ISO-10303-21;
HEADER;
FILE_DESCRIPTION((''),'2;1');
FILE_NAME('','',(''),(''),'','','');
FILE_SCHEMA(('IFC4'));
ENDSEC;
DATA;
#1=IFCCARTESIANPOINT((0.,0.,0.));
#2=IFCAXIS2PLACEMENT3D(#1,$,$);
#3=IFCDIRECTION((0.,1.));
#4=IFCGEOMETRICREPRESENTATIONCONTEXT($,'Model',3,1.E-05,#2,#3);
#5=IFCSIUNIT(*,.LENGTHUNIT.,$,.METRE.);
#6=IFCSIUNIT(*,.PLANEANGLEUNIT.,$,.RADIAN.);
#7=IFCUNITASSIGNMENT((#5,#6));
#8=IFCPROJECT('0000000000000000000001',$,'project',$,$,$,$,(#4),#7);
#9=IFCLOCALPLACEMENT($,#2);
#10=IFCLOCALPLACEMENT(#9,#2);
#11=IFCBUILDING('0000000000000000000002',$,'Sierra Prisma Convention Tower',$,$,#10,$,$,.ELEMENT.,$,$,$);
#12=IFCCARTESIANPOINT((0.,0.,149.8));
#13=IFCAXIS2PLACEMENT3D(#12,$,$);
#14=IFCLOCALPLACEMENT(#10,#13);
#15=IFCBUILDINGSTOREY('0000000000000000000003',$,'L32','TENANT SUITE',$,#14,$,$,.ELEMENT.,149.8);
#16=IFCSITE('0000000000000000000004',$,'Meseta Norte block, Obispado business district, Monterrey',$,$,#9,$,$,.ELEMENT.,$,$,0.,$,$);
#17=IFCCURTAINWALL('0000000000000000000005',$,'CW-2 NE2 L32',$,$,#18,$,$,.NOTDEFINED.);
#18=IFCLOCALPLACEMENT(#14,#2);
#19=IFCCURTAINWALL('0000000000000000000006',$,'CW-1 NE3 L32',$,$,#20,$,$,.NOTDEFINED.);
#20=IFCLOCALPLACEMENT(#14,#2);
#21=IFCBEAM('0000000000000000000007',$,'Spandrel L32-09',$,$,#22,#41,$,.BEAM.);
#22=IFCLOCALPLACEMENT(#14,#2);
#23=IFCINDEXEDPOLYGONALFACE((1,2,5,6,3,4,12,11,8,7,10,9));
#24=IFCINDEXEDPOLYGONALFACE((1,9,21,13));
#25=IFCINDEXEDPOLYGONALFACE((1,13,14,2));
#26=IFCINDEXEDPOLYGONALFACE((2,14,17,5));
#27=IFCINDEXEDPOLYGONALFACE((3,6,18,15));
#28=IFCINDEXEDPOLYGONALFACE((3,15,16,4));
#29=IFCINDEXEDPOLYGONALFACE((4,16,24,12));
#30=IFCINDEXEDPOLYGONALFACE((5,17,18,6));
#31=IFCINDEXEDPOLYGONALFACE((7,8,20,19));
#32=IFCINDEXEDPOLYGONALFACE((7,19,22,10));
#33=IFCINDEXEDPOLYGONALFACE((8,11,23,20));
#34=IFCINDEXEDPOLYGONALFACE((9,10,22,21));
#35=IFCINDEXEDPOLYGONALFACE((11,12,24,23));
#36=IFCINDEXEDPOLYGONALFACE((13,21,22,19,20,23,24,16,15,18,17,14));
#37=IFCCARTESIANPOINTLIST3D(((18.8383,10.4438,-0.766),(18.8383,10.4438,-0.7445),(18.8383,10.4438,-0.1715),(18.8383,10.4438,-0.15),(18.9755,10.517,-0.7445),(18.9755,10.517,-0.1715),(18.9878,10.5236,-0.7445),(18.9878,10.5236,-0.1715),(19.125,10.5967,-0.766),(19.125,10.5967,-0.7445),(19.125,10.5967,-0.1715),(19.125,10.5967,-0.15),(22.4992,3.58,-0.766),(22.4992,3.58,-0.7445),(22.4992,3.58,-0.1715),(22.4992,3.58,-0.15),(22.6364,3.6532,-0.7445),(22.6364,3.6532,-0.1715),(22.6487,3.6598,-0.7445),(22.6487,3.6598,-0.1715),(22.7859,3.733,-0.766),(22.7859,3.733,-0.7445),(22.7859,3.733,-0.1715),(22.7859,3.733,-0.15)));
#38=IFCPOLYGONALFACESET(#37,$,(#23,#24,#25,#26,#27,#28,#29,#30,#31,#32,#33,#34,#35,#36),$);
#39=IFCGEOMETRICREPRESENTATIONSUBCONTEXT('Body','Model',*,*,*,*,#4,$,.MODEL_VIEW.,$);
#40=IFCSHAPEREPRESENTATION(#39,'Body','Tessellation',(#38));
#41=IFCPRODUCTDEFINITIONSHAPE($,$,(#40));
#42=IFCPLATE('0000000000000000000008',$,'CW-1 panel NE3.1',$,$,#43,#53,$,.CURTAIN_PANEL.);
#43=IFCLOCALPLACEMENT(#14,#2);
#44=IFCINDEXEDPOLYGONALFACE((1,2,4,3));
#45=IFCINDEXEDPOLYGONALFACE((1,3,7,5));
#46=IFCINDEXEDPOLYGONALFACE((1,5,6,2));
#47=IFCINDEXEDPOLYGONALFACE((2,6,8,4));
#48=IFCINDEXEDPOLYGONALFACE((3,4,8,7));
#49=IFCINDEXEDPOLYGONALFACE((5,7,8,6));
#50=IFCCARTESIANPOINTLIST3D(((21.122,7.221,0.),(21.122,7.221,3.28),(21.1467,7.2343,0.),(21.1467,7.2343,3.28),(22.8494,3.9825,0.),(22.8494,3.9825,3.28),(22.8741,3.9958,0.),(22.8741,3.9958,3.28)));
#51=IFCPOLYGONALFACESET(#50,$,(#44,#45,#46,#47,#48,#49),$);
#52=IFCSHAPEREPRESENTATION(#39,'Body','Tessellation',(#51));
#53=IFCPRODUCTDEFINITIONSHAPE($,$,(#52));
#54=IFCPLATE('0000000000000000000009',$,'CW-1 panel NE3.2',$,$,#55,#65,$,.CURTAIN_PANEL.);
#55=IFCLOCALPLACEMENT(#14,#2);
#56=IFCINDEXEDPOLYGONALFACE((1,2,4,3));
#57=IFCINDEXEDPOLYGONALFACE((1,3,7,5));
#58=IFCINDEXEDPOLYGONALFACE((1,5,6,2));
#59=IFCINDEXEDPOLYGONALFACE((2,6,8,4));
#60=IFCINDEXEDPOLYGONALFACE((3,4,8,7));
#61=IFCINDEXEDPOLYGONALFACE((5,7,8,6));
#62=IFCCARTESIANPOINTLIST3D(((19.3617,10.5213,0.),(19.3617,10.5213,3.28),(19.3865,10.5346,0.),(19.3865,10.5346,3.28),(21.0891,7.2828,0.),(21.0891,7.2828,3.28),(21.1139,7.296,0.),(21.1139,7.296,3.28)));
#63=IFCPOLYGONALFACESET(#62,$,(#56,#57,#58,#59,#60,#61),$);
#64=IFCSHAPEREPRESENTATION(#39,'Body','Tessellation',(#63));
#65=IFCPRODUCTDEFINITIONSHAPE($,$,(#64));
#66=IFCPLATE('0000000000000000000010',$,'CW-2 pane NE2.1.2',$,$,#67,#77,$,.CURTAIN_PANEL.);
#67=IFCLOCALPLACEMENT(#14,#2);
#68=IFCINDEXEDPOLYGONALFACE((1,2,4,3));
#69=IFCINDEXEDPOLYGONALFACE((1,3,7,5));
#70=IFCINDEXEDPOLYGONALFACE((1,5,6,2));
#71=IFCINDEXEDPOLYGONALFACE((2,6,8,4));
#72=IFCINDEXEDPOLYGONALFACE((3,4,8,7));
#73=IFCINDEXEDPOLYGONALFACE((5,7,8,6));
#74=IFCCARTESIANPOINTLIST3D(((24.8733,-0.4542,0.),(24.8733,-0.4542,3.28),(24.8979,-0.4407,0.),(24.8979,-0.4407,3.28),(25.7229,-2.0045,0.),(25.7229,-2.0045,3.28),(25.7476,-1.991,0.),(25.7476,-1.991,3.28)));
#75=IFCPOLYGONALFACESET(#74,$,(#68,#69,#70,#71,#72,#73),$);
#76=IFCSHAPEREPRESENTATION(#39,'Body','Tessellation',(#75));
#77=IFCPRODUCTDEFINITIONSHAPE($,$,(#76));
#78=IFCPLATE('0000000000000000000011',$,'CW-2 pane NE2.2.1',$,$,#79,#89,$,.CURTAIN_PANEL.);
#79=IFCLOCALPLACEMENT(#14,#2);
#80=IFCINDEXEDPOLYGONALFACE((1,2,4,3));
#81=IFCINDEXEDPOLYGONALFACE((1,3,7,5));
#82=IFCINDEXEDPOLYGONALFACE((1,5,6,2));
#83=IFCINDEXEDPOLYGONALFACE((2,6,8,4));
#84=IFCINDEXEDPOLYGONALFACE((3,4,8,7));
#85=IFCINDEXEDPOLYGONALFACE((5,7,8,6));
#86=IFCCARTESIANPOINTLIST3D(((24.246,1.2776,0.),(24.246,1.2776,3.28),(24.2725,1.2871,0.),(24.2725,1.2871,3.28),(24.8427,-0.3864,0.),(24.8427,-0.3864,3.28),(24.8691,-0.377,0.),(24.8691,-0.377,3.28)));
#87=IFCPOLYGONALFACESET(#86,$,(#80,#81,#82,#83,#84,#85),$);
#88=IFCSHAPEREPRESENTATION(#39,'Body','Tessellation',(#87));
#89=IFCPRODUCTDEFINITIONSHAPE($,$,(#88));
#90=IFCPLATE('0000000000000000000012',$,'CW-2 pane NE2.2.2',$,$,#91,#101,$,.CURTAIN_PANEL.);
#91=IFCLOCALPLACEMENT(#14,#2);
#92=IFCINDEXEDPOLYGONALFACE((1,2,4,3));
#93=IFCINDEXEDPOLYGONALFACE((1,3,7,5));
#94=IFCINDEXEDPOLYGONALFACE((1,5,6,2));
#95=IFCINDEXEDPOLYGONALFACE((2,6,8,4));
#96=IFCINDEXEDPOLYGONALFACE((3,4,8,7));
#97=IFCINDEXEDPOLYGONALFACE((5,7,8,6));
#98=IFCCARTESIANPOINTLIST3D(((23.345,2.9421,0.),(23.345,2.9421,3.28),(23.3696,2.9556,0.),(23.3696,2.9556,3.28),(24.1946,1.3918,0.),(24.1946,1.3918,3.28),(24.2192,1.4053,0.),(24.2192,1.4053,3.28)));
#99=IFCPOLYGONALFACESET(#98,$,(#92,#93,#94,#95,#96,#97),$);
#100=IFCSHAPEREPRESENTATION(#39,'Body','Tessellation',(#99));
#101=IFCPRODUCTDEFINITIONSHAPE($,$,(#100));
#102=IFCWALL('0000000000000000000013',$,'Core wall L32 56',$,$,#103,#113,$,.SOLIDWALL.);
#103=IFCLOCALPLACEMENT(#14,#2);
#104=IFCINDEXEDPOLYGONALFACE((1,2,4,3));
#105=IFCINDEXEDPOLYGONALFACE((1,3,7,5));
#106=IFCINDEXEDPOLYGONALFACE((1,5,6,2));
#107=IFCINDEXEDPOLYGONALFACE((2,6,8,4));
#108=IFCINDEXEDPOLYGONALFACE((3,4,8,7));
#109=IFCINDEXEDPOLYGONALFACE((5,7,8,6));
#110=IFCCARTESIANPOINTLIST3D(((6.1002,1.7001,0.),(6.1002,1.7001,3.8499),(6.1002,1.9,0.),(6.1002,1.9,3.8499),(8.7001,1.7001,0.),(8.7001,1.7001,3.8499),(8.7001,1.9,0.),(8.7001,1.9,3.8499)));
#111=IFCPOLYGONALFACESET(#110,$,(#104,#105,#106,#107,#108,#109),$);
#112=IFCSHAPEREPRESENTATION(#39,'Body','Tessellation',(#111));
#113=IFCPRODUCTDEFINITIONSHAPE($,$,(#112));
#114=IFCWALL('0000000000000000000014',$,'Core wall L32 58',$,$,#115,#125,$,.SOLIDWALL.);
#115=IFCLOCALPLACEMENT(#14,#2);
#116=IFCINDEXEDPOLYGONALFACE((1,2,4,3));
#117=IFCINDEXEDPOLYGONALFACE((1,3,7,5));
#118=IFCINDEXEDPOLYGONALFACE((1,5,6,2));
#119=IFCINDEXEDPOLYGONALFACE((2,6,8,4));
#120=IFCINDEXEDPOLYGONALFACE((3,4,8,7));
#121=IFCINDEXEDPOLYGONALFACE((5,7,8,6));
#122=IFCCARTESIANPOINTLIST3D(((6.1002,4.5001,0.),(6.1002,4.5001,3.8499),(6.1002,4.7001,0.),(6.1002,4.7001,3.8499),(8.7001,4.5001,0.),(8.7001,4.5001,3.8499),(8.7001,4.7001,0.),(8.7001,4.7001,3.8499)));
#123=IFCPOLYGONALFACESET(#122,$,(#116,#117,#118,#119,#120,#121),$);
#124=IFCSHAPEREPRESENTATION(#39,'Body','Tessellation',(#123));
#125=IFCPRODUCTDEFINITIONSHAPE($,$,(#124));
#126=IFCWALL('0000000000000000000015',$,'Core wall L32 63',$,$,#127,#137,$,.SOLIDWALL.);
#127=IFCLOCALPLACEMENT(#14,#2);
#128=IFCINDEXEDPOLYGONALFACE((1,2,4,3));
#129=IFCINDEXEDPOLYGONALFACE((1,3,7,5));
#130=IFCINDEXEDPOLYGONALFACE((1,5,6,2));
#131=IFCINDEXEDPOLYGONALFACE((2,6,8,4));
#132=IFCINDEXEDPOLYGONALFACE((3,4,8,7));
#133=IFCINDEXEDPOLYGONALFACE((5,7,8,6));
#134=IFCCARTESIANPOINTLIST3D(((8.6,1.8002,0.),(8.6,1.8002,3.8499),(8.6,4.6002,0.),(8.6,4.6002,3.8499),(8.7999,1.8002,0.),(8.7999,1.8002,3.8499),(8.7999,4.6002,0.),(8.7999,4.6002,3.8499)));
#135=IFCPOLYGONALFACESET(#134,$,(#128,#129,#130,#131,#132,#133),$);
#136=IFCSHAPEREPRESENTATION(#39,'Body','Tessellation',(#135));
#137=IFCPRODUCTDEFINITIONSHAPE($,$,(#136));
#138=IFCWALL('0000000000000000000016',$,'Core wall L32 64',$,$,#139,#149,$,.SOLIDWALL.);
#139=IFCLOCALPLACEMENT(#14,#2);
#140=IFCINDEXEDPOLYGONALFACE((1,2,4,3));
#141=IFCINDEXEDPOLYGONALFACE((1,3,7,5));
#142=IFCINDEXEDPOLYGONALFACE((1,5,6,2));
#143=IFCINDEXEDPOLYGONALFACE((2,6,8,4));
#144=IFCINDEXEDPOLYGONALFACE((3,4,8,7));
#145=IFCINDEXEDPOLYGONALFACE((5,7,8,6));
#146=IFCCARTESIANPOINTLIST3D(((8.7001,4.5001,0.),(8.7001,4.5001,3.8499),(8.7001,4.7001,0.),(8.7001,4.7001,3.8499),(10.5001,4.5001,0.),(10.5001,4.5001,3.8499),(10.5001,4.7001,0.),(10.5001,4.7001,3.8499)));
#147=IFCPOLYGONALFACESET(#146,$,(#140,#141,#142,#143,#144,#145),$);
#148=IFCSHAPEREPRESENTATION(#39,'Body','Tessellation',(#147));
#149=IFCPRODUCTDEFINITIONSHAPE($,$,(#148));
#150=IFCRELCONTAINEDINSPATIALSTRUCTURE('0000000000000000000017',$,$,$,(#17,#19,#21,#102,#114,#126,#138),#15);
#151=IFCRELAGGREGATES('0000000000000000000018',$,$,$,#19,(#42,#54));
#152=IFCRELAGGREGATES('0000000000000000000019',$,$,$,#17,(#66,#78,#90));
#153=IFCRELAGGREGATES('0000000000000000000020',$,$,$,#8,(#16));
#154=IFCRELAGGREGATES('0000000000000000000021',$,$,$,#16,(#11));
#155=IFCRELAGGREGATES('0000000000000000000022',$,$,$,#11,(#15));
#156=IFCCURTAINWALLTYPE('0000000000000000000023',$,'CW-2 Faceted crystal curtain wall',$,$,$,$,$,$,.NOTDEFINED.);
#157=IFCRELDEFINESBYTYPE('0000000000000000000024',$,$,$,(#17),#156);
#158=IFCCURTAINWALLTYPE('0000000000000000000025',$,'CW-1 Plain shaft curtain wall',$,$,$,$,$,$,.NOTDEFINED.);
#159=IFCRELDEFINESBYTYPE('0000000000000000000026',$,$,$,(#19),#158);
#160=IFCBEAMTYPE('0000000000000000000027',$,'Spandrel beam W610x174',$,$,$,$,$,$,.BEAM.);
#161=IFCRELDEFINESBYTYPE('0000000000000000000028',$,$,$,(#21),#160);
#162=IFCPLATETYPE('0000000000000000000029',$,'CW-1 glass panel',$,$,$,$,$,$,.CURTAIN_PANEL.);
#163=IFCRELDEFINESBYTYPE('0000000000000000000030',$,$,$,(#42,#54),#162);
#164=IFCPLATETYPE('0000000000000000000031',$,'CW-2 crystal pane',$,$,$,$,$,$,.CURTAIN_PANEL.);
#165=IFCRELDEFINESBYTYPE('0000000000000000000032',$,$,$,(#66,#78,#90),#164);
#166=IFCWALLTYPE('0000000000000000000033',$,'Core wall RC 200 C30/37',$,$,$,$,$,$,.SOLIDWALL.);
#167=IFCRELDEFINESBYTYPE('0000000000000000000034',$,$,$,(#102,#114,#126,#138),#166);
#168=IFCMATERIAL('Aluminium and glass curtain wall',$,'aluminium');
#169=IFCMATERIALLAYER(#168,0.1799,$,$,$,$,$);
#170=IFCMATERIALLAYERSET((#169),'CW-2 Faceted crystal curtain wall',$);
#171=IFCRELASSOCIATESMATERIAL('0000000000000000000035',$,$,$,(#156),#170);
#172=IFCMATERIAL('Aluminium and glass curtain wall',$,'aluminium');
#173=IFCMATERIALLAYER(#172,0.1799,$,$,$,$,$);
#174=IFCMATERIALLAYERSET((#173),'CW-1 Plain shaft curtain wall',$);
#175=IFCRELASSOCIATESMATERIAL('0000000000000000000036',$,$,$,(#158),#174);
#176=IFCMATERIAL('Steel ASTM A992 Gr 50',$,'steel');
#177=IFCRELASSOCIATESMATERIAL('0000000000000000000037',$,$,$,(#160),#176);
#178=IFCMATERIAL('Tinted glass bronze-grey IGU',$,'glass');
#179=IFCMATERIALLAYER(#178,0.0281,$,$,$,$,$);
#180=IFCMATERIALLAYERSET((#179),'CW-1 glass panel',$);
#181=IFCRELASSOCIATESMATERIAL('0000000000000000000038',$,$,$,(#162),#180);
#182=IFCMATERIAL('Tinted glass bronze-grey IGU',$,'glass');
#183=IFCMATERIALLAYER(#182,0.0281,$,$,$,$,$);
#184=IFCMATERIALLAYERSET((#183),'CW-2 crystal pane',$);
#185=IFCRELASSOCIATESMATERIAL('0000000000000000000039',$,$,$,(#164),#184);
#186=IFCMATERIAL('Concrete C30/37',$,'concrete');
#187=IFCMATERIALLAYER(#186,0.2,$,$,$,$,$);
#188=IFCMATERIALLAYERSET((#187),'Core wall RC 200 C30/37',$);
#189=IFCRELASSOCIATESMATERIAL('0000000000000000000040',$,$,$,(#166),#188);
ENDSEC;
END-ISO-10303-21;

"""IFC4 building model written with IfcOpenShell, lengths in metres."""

from ifc_helpers import new_model, si_unit, direction, frame, frame_2d, origin, origin_2d, place, context, subcontext, project, spatial, polyline, rectangle, i_section, outline, extrude, material, layer, layer_set, material_profile, profile_set, type_object, element, aggregate, save


model = new_model("IFC4")

# Units and contexts
model_context = context("Model", 3, precision=1e-05, world=origin(), true_north=direction((0.0, 1.0)))
body_context = subcontext(model_context, "Body", "Model", "MODEL_VIEW")
ifc_project = project(units=[si_unit("LENGTHUNIT", "METRE"), si_unit("PLANEANGLEUNIT", "RADIAN")], contexts=[model_context])

# Site, building, storey
site_placement = place(None, origin())
site = spatial("IfcSite", under=ifc_project, at=site_placement, Name="Meseta Norte block, Obispado business district, Monterrey", CompositionType="ELEMENT", RefElevation=0.0)
building_placement = place(site_placement, origin())
building = spatial("IfcBuilding", under=site, at=building_placement, Name="Sierra Prisma Convention Tower", CompositionType="ELEMENT")
storey_placement = place(building_placement, frame((0.0, 0.0, 149.8)))
storey = spatial("IfcBuildingStorey", under=building, at=storey_placement, Name="L32", Description="TENANT SUITE", CompositionType="ELEMENT", Elevation=149.8)

# Curtain walls
ifc_material_1 = material(Name="Aluminium and glass curtain wall", Category="aluminium")
ifc_layer_1 = layer(ifc_material_1, 0.1799)
ifc_layer_set_1 = layer_set([ifc_layer_1], Name="CW-2 Faceted crystal curtain wall")
curtain_wall_type_1 = type_object("IfcCurtainWallType", Name="CW-2 Faceted crystal curtain wall", PredefinedType="NOTDEFINED", material=ifc_layer_set_1)
curtain_wall_1_placement = place(storey_placement, origin())
curtain_wall_1 = element("IfcCurtainWall", 1, at=curtain_wall_1_placement, inside=storey, type_object=curtain_wall_type_1, Name="CW-2 NE2 L32", PredefinedType="NOTDEFINED")
ifc_material_2 = material(Name="Aluminium and glass curtain wall", Category="aluminium")
ifc_layer_2 = layer(ifc_material_2, 0.1799)
ifc_layer_set_2 = layer_set([ifc_layer_2], Name="CW-1 Plain shaft curtain wall")
curtain_wall_type_2 = type_object("IfcCurtainWallType", Name="CW-1 Plain shaft curtain wall", PredefinedType="NOTDEFINED", material=ifc_layer_set_2)
curtain_wall_2_placement = place(storey_placement, origin())
curtain_wall_2 = element("IfcCurtainWall", 2, at=curtain_wall_2_placement, inside=storey, type_object=curtain_wall_type_2, Name="CW-1 NE3 L32", PredefinedType="NOTDEFINED")

# Beam
ifc_material_3 = material(Name="Steel ASTM A992 Gr 50", Category="steel")
ifc_material_profile_1 = material_profile(ifc_material_3, i_section(OverallWidth=0.325, OverallDepth=0.616, WebThickness=0.0139, FlangeThickness=0.0215, at=origin_2d()), Name="W610x174")
ifc_profile_set_1 = profile_set([ifc_material_profile_1], Name="Steel ASTM A992 Gr 50")
beam_type_1 = type_object("IfcBeamType", Name="Spandrel beam W610x174", PredefinedType="BEAM", material=ifc_profile_set_1)
beam_1_placement = place(storey_placement, frame((22.6426, 3.6565, -0.458), z_axis=(-0.470609, 0.882342, 0.0), x_axis=(-0.882342, -0.470609, 0.0)))
element("IfcBeam", 3, at=beam_1_placement, inside=storey, type_object=beam_type_1, Name="Spandrel L32-09", PredefinedType="BEAM", context=body_context, shape_type="SweptSolid", body=[
    extrude(i_section(OverallWidth=0.325, OverallDepth=0.616, WebThickness=0.0139, FlangeThickness=0.0215, at=origin_2d()), origin(), (0.0, 0.0, 1.0), 7.7791),
])

# Plates
ifc_material_4 = material(Name="Tinted glass bronze-grey IGU", Category="glass")
ifc_layer_3 = layer(ifc_material_4, 0.0281)
ifc_layer_set_3 = layer_set([ifc_layer_3], Name="CW-1 glass panel")
plate_type_1 = type_object("IfcPlateType", Name="CW-1 glass panel", PredefinedType="CURTAIN_PANEL", material=ifc_layer_set_3)
plate_1_placement = place(storey_placement, frame((21.998, 5.6084, 0.0), z_axis=(0.0, 0.0, 1.0), x_axis=(-0.470634, 0.882328, 0.0)))
plate_1 = element("IfcPlate", 4, at=plate_1_placement, type_object=plate_type_1, Name="CW-1 panel NE3.1", PredefinedType="CURTAIN_PANEL", context=body_context, shape_type="SweptSolid", body=[
    extrude(rectangle(XDim=3.6704, YDim=0.0281, at=origin_2d()), origin(), (0.0, 0.0, 1.0), 3.28),
])
plate_2_placement = place(storey_placement, frame((20.2378, 8.9087, 0.0), z_axis=(0.0, 0.0, 1.0), x_axis=(-0.470634, 0.882328, 0.0)))
plate_2 = element("IfcPlate", 5, at=plate_2_placement, type_object=plate_type_1, Name="CW-1 panel NE3.2", PredefinedType="CURTAIN_PANEL", context=body_context, shape_type="SweptSolid", body=[
    extrude(rectangle(XDim=3.6704, YDim=0.0281, at=origin_2d()), origin(), (0.0, 0.0, 1.0), 3.28),
])
aggregate(curtain_wall_2, [plate_1, plate_2])
ifc_material_5 = material(Name="Tinted glass bronze-grey IGU", Category="glass")
ifc_layer_4 = layer(ifc_material_5, 0.0281)
ifc_layer_set_4 = layer_set([ifc_layer_4], Name="CW-2 crystal pane")
plate_type_2 = type_object("IfcPlateType", Name="CW-2 crystal pane", PredefinedType="CURTAIN_PANEL", material=ifc_layer_set_4)
plate_3_placement = place(storey_placement, frame((24.8979, -0.4407, 0.0), z_axis=(0.876944, 0.480593, 0.0), x_axis=(0.480593, -0.876944, 0.0)))
plate_3 = element("IfcPlate", 6, at=plate_3_placement, type_object=plate_type_2, Name="CW-2 pane NE2.1.2", PredefinedType="CURTAIN_PANEL", context=body_context, shape_type="SweptSolid", body=[
    extrude(outline(polyline([(0.0, 0.0), (1.7678, 0.0), (1.7678, -3.28), (0.0, -3.28), (0.0, 0.0)])), origin(), (0.0, 0.0, -1.0), 0.0281),
])
plate_4_placement = place(storey_placement, frame((24.8691, -0.377, 0.0), z_axis=(0.941316, 0.337526, 0.0), x_axis=(-0.337526, 0.941316, 0.0)))
plate_4 = element("IfcPlate", 7, at=plate_4_placement, type_object=plate_type_2, Name="CW-2 pane NE2.2.1", PredefinedType="CURTAIN_PANEL", context=body_context, shape_type="SweptSolid", body=[
    extrude(outline(polyline([(0.0, 0.0), (1.7678, 0.0), (1.7678, 3.28), (0.0, 3.28), (0.0, 0.0)])), origin(), (0.0, 0.0, -1.0), 0.0281),
])
plate_5_placement = place(storey_placement, frame((23.3696, 2.9556, 0.0), z_axis=(0.876944, 0.480593, 0.0), x_axis=(0.480593, -0.876944, 0.0)))
plate_5 = element("IfcPlate", 8, at=plate_5_placement, type_object=plate_type_2, Name="CW-2 pane NE2.2.2", PredefinedType="CURTAIN_PANEL", context=body_context, shape_type="SweptSolid", body=[
    extrude(outline(polyline([(0.0, 0.0), (1.7678, 0.0), (1.7678, -3.28), (0.0, -3.28), (0.0, 0.0)])), origin(), (0.0, 0.0, -1.0), 0.0281),
])
aggregate(curtain_wall_1, [plate_3, plate_4, plate_5])

# Walls
ifc_material_6 = material(Name="Concrete C30/37", Category="concrete")
ifc_layer_5 = layer(ifc_material_6, 0.2)
ifc_layer_set_5 = layer_set([ifc_layer_5], Name="Core wall RC 200 C30/37")
wall_type_1 = type_object("IfcWallType", Name="Core wall RC 200 C30/37", PredefinedType="SOLIDWALL", material=ifc_layer_set_5)
for number, where, z_axis, x_axis, name in (
    (9, (8.7, 1.8, 0.0), (0.0, 0.0, 1.0), (-1.0, 0.0, 0.0), "Core wall L32 56"),
    (10, (8.7, 4.6001, 0.0), (0.0, 0.0, 1.0), (-1.0, 0.0, 0.0), "Core wall L32 58"),
):
    element("IfcWall", number, at=place(storey_placement, frame(where, z_axis=z_axis, x_axis=x_axis)), inside=storey, type_object=wall_type_1, Name=name, PredefinedType="SOLIDWALL", context=body_context, shape_type="SweptSolid", body=[
        extrude(rectangle(XDim=2.5999, YDim=0.2, at=frame_2d((1.2998, 0.0))), origin(), (0.0, 0.0, 1.0), 3.8499),
    ])

# Walls
wall_1_placement = place(storey_placement, frame((8.7, 4.6001, 0.0), z_axis=(0.0, 0.0, 1.0), x_axis=(0.0, -1.0, 0.0)))
element("IfcWall", 11, at=wall_1_placement, inside=storey, type_object=wall_type_1, Name="Core wall L32 63", PredefinedType="SOLIDWALL", context=body_context, shape_type="SweptSolid", body=[
    extrude(rectangle(XDim=2.8, YDim=0.2, at=frame_2d((1.3999, 0.0))), origin(), (0.0, 0.0, 1.0), 3.8499),
])
wall_2_placement = place(storey_placement, frame((10.5, 4.6001, 0.0), z_axis=(0.0, 0.0, 1.0), x_axis=(-1.0, 0.0, 0.0)))
element("IfcWall", 12, at=wall_2_placement, inside=storey, type_object=wall_type_1, Name="Core wall L32 64", PredefinedType="SOLIDWALL", context=body_context, shape_type="SweptSolid", body=[
    extrude(rectangle(XDim=1.8, YDim=0.2, at=frame_2d((0.8999, 0.0))), origin(), (0.0, 0.0, 1.0), 3.8499),
])

save(model, "model.ifc")
